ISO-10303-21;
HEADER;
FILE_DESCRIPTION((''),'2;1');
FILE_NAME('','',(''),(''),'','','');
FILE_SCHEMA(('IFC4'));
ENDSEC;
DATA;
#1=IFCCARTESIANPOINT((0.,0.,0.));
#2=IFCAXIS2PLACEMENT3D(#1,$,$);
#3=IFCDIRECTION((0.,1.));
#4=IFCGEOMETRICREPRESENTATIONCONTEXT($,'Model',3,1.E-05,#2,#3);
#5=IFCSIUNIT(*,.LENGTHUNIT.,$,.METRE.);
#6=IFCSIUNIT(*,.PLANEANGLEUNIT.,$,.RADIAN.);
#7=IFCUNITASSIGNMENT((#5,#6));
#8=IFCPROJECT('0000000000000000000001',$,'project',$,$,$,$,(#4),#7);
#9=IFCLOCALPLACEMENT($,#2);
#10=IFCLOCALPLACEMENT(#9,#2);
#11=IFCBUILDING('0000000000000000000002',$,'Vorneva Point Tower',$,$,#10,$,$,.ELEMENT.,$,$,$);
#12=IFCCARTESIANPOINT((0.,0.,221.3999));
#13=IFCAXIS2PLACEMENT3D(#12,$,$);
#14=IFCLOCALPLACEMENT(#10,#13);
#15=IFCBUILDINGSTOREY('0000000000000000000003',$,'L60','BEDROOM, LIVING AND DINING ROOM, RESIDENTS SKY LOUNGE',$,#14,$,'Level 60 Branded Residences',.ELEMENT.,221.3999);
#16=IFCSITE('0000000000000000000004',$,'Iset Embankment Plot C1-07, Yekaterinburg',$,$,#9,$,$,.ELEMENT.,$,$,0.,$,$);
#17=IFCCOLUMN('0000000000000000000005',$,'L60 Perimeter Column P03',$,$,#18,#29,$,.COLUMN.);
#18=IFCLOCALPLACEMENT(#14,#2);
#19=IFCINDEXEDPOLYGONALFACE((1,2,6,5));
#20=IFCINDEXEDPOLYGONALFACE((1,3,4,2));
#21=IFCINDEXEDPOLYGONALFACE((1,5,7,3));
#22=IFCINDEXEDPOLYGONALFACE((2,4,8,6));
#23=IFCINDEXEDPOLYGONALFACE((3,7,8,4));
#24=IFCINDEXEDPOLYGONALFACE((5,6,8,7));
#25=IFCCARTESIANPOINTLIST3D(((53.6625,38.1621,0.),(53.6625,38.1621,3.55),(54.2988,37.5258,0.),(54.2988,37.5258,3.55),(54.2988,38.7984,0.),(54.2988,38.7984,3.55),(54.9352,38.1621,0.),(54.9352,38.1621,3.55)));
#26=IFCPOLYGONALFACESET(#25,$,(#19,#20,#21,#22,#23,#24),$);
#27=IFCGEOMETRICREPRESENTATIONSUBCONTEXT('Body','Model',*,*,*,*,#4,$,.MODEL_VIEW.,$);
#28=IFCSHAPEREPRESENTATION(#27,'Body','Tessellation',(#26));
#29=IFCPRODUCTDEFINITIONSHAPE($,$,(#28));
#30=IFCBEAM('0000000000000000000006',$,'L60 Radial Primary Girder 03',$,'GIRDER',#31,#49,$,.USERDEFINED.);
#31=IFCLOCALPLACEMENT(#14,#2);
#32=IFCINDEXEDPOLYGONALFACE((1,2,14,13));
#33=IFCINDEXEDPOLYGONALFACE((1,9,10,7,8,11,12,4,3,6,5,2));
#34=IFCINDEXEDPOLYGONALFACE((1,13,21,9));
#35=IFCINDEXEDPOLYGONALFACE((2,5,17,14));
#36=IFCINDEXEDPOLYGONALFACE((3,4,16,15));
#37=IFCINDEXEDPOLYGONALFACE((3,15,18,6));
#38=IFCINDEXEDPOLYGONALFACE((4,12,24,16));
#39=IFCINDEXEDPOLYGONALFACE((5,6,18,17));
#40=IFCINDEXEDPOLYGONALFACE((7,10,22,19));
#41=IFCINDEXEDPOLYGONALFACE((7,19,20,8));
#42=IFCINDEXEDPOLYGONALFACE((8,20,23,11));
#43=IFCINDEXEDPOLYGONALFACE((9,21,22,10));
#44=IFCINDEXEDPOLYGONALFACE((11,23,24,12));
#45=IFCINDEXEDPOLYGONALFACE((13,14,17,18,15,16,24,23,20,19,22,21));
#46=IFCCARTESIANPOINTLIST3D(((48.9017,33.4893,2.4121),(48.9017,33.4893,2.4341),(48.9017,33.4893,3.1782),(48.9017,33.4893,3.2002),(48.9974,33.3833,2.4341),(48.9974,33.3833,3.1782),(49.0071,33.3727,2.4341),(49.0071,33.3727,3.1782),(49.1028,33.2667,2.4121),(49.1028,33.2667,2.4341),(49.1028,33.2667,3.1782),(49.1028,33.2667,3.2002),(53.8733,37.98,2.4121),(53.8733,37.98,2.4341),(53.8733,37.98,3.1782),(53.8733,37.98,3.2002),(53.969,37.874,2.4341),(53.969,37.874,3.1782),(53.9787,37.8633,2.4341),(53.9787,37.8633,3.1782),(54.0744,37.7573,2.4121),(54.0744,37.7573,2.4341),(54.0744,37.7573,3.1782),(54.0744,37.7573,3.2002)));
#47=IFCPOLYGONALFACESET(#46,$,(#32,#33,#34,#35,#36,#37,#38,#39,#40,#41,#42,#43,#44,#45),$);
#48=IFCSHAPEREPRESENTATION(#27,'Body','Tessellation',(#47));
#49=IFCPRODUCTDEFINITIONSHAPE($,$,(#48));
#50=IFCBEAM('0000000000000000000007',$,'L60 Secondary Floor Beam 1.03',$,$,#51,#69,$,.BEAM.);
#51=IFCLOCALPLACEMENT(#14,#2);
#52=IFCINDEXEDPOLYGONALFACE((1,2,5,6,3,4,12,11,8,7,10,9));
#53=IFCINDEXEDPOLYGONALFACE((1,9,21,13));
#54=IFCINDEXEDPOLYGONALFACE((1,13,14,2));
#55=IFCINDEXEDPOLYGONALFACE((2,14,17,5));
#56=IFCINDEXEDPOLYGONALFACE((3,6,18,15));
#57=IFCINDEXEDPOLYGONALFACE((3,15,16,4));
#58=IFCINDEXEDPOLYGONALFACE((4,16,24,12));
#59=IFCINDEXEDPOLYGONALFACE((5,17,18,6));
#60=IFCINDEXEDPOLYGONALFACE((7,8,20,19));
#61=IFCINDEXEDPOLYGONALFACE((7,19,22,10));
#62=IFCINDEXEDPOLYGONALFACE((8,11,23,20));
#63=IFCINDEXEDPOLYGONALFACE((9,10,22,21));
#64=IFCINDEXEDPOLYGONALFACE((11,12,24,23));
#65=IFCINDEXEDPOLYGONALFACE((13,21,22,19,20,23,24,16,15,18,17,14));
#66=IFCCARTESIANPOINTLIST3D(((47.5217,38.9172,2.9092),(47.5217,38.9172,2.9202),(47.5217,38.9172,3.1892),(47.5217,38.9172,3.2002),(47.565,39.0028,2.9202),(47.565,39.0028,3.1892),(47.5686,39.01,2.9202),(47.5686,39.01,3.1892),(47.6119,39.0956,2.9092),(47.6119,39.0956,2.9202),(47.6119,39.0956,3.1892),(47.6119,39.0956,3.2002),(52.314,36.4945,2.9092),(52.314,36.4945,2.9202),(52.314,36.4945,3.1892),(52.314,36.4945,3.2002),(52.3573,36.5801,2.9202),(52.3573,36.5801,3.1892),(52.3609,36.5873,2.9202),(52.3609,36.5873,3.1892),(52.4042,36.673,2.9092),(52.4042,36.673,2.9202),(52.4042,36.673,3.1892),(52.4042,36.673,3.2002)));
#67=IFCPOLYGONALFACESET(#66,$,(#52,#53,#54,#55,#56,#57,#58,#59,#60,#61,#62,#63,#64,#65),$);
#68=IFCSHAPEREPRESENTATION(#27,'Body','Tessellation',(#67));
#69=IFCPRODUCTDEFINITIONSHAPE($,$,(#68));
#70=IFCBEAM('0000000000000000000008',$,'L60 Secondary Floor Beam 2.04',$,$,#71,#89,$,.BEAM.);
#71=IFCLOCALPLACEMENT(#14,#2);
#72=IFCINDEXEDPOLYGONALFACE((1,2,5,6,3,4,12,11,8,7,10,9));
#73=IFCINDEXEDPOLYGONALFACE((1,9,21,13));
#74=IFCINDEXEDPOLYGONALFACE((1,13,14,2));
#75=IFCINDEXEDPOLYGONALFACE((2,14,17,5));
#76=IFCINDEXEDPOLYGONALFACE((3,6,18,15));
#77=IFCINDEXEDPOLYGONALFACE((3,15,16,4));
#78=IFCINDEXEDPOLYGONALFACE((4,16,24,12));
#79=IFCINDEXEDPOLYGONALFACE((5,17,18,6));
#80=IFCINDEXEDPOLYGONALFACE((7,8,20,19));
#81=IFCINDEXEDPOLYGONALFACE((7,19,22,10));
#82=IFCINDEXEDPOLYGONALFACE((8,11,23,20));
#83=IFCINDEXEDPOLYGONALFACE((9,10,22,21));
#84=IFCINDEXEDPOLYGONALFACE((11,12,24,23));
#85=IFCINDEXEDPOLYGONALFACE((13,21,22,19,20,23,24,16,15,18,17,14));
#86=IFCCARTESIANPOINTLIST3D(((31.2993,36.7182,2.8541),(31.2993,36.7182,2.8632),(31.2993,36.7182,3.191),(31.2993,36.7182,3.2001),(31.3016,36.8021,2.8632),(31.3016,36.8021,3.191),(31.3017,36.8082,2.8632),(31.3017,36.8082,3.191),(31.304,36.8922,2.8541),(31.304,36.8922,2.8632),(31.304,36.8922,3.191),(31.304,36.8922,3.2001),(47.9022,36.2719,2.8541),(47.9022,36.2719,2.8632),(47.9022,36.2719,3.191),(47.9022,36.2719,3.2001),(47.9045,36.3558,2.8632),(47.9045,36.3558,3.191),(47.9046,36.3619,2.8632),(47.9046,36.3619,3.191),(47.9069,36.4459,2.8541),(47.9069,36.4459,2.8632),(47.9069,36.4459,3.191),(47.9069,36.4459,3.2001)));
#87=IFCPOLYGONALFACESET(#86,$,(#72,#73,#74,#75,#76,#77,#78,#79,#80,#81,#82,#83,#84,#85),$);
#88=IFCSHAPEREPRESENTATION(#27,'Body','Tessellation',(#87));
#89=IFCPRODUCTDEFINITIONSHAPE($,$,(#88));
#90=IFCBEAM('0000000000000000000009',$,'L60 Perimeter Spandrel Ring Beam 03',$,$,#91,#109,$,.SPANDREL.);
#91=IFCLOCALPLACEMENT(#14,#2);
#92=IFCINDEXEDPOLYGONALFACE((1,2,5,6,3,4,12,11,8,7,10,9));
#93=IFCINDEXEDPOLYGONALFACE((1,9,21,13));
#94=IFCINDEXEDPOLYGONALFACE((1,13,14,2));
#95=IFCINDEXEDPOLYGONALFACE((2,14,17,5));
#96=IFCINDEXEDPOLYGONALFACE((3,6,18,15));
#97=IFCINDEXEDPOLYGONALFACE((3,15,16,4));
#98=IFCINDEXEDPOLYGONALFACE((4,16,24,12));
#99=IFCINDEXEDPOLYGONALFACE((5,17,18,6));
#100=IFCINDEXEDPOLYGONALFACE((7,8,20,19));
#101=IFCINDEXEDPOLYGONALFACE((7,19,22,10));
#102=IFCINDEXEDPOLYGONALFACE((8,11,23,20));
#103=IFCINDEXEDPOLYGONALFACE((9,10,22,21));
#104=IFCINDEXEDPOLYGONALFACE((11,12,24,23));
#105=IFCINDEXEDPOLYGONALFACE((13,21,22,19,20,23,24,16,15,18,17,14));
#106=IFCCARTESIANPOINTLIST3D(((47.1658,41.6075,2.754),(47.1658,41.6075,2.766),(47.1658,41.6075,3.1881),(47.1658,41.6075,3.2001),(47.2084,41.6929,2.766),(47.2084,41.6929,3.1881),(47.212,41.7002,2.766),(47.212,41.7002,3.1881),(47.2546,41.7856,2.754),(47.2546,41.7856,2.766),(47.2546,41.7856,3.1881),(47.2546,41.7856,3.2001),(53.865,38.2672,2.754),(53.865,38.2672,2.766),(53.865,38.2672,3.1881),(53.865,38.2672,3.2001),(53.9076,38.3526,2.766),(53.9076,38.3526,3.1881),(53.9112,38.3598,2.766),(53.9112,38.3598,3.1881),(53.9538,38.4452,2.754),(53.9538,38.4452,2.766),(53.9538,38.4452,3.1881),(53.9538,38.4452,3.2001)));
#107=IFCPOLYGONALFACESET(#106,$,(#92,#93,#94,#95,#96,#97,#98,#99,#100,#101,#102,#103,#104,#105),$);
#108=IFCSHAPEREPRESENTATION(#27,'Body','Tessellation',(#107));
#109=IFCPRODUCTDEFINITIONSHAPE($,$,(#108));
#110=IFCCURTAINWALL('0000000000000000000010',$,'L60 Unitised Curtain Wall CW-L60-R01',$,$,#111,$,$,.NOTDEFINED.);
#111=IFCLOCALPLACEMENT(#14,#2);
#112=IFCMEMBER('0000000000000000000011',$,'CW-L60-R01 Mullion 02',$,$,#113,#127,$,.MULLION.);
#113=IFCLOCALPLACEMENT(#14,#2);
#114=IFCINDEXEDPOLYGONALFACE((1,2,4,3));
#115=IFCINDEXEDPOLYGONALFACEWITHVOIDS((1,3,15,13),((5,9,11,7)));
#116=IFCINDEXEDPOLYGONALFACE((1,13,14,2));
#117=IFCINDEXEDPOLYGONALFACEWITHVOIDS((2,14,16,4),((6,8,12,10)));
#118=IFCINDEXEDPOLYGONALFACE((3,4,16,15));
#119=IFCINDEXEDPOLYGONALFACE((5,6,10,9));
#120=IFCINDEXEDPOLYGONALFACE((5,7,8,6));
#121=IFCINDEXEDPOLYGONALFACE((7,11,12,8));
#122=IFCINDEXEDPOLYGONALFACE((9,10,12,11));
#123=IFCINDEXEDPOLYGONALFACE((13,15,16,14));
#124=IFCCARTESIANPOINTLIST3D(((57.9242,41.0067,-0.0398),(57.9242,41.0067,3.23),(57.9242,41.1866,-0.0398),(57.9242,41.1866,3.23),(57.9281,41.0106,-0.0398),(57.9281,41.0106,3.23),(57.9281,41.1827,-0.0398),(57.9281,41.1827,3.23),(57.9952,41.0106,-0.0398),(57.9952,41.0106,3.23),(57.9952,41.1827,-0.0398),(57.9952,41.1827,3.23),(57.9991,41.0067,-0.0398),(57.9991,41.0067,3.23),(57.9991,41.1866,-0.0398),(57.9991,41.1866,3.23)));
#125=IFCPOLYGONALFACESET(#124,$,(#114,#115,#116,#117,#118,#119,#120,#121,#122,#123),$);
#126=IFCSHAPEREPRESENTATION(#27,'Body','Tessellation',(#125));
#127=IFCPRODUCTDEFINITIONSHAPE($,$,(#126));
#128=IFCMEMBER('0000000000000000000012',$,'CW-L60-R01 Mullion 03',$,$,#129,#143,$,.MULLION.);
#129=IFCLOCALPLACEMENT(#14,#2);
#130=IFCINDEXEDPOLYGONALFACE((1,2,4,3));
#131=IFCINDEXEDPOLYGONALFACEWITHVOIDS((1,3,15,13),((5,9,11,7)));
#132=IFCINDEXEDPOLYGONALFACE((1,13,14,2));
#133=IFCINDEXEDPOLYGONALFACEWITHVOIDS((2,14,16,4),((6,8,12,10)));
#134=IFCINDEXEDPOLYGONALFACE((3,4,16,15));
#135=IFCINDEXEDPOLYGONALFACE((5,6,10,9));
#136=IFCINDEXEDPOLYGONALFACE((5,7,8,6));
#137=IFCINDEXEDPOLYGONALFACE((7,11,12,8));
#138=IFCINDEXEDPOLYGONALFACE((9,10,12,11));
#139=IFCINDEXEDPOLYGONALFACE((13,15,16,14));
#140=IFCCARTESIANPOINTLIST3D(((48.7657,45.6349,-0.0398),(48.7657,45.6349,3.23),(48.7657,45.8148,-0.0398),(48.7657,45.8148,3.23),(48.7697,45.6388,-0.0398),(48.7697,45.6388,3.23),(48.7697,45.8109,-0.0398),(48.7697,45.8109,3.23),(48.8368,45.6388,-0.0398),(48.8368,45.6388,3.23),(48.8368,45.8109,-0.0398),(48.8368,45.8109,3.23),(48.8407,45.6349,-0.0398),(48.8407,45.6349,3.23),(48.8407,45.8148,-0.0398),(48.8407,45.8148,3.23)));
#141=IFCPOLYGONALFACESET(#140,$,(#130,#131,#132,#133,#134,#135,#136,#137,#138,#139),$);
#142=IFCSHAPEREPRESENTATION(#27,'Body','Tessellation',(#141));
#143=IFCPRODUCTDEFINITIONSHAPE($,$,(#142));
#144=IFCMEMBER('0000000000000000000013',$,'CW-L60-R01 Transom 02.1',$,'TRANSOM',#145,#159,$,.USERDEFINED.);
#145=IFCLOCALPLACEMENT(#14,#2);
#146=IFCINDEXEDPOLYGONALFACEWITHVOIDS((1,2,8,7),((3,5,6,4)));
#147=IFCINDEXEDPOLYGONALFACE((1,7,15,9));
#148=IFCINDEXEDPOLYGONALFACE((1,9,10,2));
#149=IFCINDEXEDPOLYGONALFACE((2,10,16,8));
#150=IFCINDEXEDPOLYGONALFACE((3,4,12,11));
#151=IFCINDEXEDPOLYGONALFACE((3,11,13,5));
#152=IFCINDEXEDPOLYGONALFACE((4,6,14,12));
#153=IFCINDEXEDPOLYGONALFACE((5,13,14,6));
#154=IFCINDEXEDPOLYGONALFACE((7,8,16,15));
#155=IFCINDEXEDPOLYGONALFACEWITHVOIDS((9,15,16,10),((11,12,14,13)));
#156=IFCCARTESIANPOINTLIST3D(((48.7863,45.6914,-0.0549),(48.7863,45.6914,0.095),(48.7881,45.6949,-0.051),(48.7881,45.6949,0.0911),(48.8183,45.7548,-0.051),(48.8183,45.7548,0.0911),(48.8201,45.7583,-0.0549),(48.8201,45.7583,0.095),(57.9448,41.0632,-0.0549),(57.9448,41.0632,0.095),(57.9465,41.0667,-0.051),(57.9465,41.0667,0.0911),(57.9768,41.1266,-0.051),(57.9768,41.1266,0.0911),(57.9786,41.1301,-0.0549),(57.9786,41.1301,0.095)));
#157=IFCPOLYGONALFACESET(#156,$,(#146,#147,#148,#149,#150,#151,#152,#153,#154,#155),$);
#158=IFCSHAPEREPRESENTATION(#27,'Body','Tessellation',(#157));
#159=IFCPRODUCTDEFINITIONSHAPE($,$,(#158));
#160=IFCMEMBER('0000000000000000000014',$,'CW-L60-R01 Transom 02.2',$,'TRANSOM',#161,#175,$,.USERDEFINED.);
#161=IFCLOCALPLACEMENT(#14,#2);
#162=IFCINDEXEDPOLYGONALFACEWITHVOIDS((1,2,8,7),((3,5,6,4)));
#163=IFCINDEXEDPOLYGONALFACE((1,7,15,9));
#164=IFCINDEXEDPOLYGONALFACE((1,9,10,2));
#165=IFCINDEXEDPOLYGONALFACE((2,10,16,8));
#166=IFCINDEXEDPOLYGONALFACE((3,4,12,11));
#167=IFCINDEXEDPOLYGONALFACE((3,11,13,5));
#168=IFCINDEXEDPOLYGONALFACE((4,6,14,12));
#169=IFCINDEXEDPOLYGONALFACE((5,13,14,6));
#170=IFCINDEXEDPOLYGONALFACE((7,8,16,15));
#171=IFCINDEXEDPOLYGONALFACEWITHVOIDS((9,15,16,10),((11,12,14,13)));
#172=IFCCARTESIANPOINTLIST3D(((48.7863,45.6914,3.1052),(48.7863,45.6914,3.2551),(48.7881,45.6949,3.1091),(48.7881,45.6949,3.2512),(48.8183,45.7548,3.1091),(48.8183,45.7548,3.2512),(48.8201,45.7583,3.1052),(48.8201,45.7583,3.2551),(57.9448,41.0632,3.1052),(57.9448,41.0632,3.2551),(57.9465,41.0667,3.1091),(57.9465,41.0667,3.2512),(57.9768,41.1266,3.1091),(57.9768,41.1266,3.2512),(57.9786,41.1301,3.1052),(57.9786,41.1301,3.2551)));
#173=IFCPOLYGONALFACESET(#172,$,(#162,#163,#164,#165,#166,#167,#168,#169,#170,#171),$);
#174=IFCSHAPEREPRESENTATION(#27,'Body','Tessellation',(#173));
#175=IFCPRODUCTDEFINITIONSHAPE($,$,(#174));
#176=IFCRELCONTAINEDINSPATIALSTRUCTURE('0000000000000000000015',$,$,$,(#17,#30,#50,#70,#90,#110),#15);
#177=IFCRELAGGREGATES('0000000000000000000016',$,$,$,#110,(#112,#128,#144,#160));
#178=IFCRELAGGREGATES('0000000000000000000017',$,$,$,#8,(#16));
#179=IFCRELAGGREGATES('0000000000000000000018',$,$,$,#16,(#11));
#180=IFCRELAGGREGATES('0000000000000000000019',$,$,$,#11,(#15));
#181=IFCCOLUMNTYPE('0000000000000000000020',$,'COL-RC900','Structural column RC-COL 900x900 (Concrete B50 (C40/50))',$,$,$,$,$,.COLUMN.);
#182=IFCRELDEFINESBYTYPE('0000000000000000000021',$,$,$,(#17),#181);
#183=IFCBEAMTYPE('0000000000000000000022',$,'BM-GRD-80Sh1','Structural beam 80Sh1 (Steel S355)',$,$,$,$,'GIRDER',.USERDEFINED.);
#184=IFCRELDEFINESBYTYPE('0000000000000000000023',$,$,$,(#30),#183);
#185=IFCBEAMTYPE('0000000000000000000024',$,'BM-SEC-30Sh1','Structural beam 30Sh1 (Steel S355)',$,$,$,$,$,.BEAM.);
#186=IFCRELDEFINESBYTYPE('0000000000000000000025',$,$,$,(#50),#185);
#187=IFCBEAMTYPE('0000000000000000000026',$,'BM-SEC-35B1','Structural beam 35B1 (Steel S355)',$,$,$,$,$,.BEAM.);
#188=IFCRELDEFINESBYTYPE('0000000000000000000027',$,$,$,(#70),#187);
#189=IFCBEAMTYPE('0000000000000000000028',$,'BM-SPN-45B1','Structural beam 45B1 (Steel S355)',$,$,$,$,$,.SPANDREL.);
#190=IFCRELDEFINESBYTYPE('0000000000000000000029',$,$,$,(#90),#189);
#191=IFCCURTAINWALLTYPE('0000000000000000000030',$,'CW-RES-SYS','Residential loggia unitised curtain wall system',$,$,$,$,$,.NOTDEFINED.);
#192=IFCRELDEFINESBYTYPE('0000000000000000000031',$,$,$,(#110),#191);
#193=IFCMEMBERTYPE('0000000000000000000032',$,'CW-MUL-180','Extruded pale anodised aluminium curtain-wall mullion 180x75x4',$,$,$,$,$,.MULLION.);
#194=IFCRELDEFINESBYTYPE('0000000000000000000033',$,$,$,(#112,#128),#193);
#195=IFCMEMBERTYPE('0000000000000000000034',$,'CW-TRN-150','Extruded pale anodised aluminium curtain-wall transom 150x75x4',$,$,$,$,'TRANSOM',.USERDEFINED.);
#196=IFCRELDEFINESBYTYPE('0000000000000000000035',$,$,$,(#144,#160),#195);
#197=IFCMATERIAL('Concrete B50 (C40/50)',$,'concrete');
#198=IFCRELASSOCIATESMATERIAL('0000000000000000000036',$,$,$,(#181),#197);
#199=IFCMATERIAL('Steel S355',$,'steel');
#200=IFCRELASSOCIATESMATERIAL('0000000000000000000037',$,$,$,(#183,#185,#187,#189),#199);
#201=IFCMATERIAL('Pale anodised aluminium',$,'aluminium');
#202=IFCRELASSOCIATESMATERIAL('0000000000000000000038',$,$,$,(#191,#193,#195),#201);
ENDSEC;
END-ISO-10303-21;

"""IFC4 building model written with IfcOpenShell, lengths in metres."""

from ifc_helpers import new_model, si_unit, direction, frame, origin, origin_2d, place, context, subcontext, project, spatial, rectangle, hollow_rectangle, i_section, extrude, material, material_profile, profile_set, type_object, element, aggregate, save


model = new_model("IFC4")

# Units and contexts
model_context = context("Model", 3, precision=1e-05, world=origin(), true_north=direction((0.0, 1.0)))
body_context = subcontext(model_context, "Body", "Model", "MODEL_VIEW")
ifc_project = project(units=[si_unit("LENGTHUNIT", "METRE"), si_unit("PLANEANGLEUNIT", "RADIAN")], contexts=[model_context])

# Site, building, storey
site_placement = place(None, origin())
site = spatial("IfcSite", under=ifc_project, at=site_placement, Name="Iset Embankment Plot C1-07, Yekaterinburg", CompositionType="ELEMENT", RefElevation=0.0)
building_placement = place(site_placement, origin())
building = spatial("IfcBuilding", under=site, at=building_placement, Name="Vorneva Point Tower", CompositionType="ELEMENT")
storey_placement = place(building_placement, frame((0.0, 0.0, 221.3999)))
storey = spatial("IfcBuildingStorey", under=building, at=storey_placement, Name="L60", Description="BEDROOM, LIVING AND DINING ROOM, RESIDENTS SKY LOUNGE", LongName="Level 60 Branded Residences", CompositionType="ELEMENT", Elevation=221.3999)

# Column
ifc_material_1 = material(Name="Concrete B50 (C40/50)", Category="concrete")
ifc_material_profile_1 = material_profile(ifc_material_1, rectangle(XDim=0.8999, YDim=0.8999, at=origin_2d()), Name="RC-COL 900x900")
ifc_profile_set_1 = profile_set([ifc_material_profile_1], Name="Concrete B50 (C40/50)")
column_type = type_object("IfcColumnType", Name="COL-RC900", Description="Structural column RC-COL 900x900 (Concrete B50 (C40/50))", PredefinedType="COLUMN", material=ifc_profile_set_1)
column_placement = place(storey_placement, frame((54.2988, 38.1621, 0.0), z_axis=(0.0, 0.0, 1.0), x_axis=(0.707107, 0.707107, 0.0)))
element("IfcColumn", 1, at=column_placement, inside=storey, type_object=column_type, Name="L60 Perimeter Column P03", PredefinedType="COLUMN", context=body_context, shape_type="SweptSolid", body=[
    extrude(rectangle(XDim=0.8999, YDim=0.8999, at=origin_2d()), origin(), (0.0, 0.0, 1.0), 3.55),
])

# Beams
ifc_material_2 = material(Name="Steel S355", Category="steel")
ifc_material_profile_2 = material_profile(ifc_material_2, i_section(OverallWidth=0.3, OverallDepth=0.7881, WebThickness=0.0144, FlangeThickness=0.022, at=origin_2d()), Name="80Sh1")
ifc_profile_set_2 = profile_set([ifc_material_profile_2], Name="Steel S355")
beam_type_1 = type_object("IfcBeamType", Name="BM-GRD-80Sh1", Description="Structural beam 80Sh1 (Steel S355)", ElementType="GIRDER", PredefinedType="USERDEFINED", material=ifc_profile_set_2)
beam_1_placement = place(storey_placement, frame((53.9739, 37.8687, 2.8062), z_axis=(-0.74209, -0.670301, 0.0), x_axis=(0.670301, -0.74209, 0.0)))
element("IfcBeam", 2, at=beam_1_placement, inside=storey, type_object=beam_type_1, Name="L60 Radial Primary Girder 03", ObjectType="GIRDER", PredefinedType="USERDEFINED", context=body_context, shape_type="SweptSolid", body=[
    extrude(i_section(OverallWidth=0.3, OverallDepth=0.7881, WebThickness=0.0144, FlangeThickness=0.022, at=origin_2d()), origin(), (0.0, 0.0, 1.0), 6.6995),
])
ifc_material_profile_3 = material_profile(ifc_material_2, i_section(OverallWidth=0.2, OverallDepth=0.291, WebThickness=0.0081, FlangeThickness=0.011, at=origin_2d()), Name="30Sh1")
ifc_profile_set_3 = profile_set([ifc_material_profile_3], Name="Steel S355")
beam_type_2 = type_object("IfcBeamType", Name="BM-SEC-30Sh1", Description="Structural beam 30Sh1 (Steel S355)", PredefinedType="BEAM", material=ifc_profile_set_3)
beam_2_placement = place(storey_placement, frame((52.3591, 36.5837, 3.0547), z_axis=(-0.892445, 0.451156, 0.0), x_axis=(-0.451156, -0.892445, 0.0)))
element("IfcBeam", 3, at=beam_2_placement, inside=storey, type_object=beam_type_2, Name="L60 Secondary Floor Beam 1.03", PredefinedType="BEAM", context=body_context, shape_type="SweptSolid", body=[
    extrude(i_section(OverallWidth=0.2, OverallDepth=0.291, WebThickness=0.0081, FlangeThickness=0.011, at=origin_2d()), origin(), (0.0, 0.0, 1.0), 5.3699),
])
ifc_material_profile_4 = material_profile(ifc_material_2, i_section(OverallWidth=0.1741, OverallDepth=0.3459, WebThickness=0.0061, FlangeThickness=0.009, at=origin_2d()), Name="35B1")
ifc_profile_set_4 = profile_set([ifc_material_profile_4], Name="Steel S355")
beam_type_3 = type_object("IfcBeamType", Name="BM-SEC-35B1", Description="Structural beam 35B1 (Steel S355)", PredefinedType="BEAM", material=ifc_profile_set_4)
beam_3_placement = place(storey_placement, frame((47.9045, 36.3589, 3.0271), z_axis=(-0.999639, 0.026871, 0.0), x_axis=(-0.026871, -0.999639, 0.0)))
element("IfcBeam", 4, at=beam_3_placement, inside=storey, type_object=beam_type_3, Name="L60 Secondary Floor Beam 2.04", PredefinedType="BEAM", context=body_context, shape_type="SweptSolid", body=[
    extrude(i_section(OverallWidth=0.1741, OverallDepth=0.3459, WebThickness=0.0061, FlangeThickness=0.009, at=origin_2d()), origin(), (0.0, 0.0, 1.0), 16.6089),
])
ifc_material_profile_5 = material_profile(ifc_material_2, i_section(OverallWidth=0.199, OverallDepth=0.446, WebThickness=0.0081, FlangeThickness=0.012, at=origin_2d()), Name="45B1")
ifc_profile_set_5 = profile_set([ifc_material_profile_5], Name="Steel S355")
beam_type_4 = type_object("IfcBeamType", Name="BM-SPN-45B1", Description="Structural beam 45B1 (Steel S355)", PredefinedType="SPANDREL", material=ifc_profile_set_5)
beam_4_placement = place(storey_placement, frame((53.9094, 38.3562, 2.9771), z_axis=(-0.894922, 0.446222, 0.0), x_axis=(-0.446222, -0.894922, 0.0)))
element("IfcBeam", 5, at=beam_4_placement, inside=storey, type_object=beam_type_4, Name="L60 Perimeter Spandrel Ring Beam 03", PredefinedType="SPANDREL", context=body_context, shape_type="SweptSolid", body=[
    extrude(i_section(OverallWidth=0.199, OverallDepth=0.446, WebThickness=0.0081, FlangeThickness=0.012, at=origin_2d()), origin(), (0.0, 0.0, 1.0), 7.4858),
])

# Curtain wall, members
ifc_material_3 = material(Name="Pale anodised aluminium", Category="aluminium")
curtain_wall_type = type_object("IfcCurtainWallType", Name="CW-RES-SYS", Description="Residential loggia unitised curtain wall system", PredefinedType="NOTDEFINED", material=ifc_material_3)
curtain_wall_placement = place(storey_placement, origin())
curtain_wall = element("IfcCurtainWall", 6, at=curtain_wall_placement, inside=storey, type_object=curtain_wall_type, Name="L60 Unitised Curtain Wall CW-L60-R01", PredefinedType="NOTDEFINED")
ifc_material_profile_6 = material_profile(ifc_material_3, hollow_rectangle(XDim=0.075, YDim=0.1799, WallThickness=0.0039, at=origin_2d()), Name="AL-MUL 180x75x4")
ifc_profile_set_6 = profile_set([ifc_material_profile_6], Name="Pale anodised aluminium")
member_type_1 = type_object("IfcMemberType", Name="CW-MUL-180", Description="Extruded pale anodised aluminium curtain-wall mullion 180x75x4", PredefinedType="MULLION", material=ifc_profile_set_6)
member_1_placement = place(storey_placement, frame((57.9617, 41.0967, -0.0398), z_axis=(0.0, 0.0, 1.0), x_axis=(1.0, 0.0, 0.0)))
member_1 = element("IfcMember", 7, at=member_1_placement, type_object=member_type_1, Name="CW-L60-R01 Mullion 02", PredefinedType="MULLION", context=body_context, shape_type="SweptSolid", body=[
    extrude(hollow_rectangle(XDim=0.075, YDim=0.1799, WallThickness=0.0039, at=origin_2d()), origin(), (0.0, 0.0, 1.0), 3.2698),
])
member_2_placement = place(storey_placement, frame((48.8032, 45.7249, -0.0398), z_axis=(0.0, 0.0, 1.0), x_axis=(1.0, 0.0, 0.0)))
member_2 = element("IfcMember", 8, at=member_2_placement, type_object=member_type_1, Name="CW-L60-R01 Mullion 03", PredefinedType="MULLION", context=body_context, shape_type="SweptSolid", body=[
    extrude(hollow_rectangle(XDim=0.075, YDim=0.1799, WallThickness=0.0039, at=origin_2d()), origin(), (0.0, 0.0, 1.0), 3.2698),
])
ifc_material_profile_7 = material_profile(ifc_material_3, hollow_rectangle(XDim=0.075, YDim=0.1499, WallThickness=0.0039, at=origin_2d()), Name="AL-TRN 150x75x4")
ifc_profile_set_7 = profile_set([ifc_material_profile_7], Name="Pale anodised aluminium")
member_type_2 = type_object("IfcMemberType", Name="CW-TRN-150", Description="Extruded pale anodised aluminium curtain-wall transom 150x75x4", ElementType="TRANSOM", PredefinedType="USERDEFINED", material=ifc_profile_set_7)
member_3_placement = place(storey_placement, frame((57.9617, 41.0967, 0.02), z_axis=(-0.892511, 0.451026, 0.0), x_axis=(-0.451026, -0.892511, 0.0)))
member_3 = element("IfcMember", 9, at=member_3_placement, type_object=member_type_2, Name="CW-L60-R01 Transom 02.1", ObjectType="TRANSOM", PredefinedType="USERDEFINED", context=body_context, shape_type="SweptSolid", body=[
    extrude(hollow_rectangle(XDim=0.075, YDim=0.1499, WallThickness=0.0039, at=origin_2d()), origin(), (0.0, 0.0, 1.0), 10.2615),
])
member_4_placement = place(storey_placement, frame((57.9617, 41.0967, 3.1802), z_axis=(-0.892511, 0.451026, 0.0), x_axis=(-0.451026, -0.892511, 0.0)))
member_4 = element("IfcMember", 10, at=member_4_placement, type_object=member_type_2, Name="CW-L60-R01 Transom 02.2", ObjectType="TRANSOM", PredefinedType="USERDEFINED", context=body_context, shape_type="SweptSolid", body=[
    extrude(hollow_rectangle(XDim=0.075, YDim=0.1499, WallThickness=0.0039, at=origin_2d()), origin(), (0.0, 0.0, 1.0), 10.2615),
])
aggregate(curtain_wall, [member_1, member_2, member_3, member_4])

save(model, "model.ifc")
